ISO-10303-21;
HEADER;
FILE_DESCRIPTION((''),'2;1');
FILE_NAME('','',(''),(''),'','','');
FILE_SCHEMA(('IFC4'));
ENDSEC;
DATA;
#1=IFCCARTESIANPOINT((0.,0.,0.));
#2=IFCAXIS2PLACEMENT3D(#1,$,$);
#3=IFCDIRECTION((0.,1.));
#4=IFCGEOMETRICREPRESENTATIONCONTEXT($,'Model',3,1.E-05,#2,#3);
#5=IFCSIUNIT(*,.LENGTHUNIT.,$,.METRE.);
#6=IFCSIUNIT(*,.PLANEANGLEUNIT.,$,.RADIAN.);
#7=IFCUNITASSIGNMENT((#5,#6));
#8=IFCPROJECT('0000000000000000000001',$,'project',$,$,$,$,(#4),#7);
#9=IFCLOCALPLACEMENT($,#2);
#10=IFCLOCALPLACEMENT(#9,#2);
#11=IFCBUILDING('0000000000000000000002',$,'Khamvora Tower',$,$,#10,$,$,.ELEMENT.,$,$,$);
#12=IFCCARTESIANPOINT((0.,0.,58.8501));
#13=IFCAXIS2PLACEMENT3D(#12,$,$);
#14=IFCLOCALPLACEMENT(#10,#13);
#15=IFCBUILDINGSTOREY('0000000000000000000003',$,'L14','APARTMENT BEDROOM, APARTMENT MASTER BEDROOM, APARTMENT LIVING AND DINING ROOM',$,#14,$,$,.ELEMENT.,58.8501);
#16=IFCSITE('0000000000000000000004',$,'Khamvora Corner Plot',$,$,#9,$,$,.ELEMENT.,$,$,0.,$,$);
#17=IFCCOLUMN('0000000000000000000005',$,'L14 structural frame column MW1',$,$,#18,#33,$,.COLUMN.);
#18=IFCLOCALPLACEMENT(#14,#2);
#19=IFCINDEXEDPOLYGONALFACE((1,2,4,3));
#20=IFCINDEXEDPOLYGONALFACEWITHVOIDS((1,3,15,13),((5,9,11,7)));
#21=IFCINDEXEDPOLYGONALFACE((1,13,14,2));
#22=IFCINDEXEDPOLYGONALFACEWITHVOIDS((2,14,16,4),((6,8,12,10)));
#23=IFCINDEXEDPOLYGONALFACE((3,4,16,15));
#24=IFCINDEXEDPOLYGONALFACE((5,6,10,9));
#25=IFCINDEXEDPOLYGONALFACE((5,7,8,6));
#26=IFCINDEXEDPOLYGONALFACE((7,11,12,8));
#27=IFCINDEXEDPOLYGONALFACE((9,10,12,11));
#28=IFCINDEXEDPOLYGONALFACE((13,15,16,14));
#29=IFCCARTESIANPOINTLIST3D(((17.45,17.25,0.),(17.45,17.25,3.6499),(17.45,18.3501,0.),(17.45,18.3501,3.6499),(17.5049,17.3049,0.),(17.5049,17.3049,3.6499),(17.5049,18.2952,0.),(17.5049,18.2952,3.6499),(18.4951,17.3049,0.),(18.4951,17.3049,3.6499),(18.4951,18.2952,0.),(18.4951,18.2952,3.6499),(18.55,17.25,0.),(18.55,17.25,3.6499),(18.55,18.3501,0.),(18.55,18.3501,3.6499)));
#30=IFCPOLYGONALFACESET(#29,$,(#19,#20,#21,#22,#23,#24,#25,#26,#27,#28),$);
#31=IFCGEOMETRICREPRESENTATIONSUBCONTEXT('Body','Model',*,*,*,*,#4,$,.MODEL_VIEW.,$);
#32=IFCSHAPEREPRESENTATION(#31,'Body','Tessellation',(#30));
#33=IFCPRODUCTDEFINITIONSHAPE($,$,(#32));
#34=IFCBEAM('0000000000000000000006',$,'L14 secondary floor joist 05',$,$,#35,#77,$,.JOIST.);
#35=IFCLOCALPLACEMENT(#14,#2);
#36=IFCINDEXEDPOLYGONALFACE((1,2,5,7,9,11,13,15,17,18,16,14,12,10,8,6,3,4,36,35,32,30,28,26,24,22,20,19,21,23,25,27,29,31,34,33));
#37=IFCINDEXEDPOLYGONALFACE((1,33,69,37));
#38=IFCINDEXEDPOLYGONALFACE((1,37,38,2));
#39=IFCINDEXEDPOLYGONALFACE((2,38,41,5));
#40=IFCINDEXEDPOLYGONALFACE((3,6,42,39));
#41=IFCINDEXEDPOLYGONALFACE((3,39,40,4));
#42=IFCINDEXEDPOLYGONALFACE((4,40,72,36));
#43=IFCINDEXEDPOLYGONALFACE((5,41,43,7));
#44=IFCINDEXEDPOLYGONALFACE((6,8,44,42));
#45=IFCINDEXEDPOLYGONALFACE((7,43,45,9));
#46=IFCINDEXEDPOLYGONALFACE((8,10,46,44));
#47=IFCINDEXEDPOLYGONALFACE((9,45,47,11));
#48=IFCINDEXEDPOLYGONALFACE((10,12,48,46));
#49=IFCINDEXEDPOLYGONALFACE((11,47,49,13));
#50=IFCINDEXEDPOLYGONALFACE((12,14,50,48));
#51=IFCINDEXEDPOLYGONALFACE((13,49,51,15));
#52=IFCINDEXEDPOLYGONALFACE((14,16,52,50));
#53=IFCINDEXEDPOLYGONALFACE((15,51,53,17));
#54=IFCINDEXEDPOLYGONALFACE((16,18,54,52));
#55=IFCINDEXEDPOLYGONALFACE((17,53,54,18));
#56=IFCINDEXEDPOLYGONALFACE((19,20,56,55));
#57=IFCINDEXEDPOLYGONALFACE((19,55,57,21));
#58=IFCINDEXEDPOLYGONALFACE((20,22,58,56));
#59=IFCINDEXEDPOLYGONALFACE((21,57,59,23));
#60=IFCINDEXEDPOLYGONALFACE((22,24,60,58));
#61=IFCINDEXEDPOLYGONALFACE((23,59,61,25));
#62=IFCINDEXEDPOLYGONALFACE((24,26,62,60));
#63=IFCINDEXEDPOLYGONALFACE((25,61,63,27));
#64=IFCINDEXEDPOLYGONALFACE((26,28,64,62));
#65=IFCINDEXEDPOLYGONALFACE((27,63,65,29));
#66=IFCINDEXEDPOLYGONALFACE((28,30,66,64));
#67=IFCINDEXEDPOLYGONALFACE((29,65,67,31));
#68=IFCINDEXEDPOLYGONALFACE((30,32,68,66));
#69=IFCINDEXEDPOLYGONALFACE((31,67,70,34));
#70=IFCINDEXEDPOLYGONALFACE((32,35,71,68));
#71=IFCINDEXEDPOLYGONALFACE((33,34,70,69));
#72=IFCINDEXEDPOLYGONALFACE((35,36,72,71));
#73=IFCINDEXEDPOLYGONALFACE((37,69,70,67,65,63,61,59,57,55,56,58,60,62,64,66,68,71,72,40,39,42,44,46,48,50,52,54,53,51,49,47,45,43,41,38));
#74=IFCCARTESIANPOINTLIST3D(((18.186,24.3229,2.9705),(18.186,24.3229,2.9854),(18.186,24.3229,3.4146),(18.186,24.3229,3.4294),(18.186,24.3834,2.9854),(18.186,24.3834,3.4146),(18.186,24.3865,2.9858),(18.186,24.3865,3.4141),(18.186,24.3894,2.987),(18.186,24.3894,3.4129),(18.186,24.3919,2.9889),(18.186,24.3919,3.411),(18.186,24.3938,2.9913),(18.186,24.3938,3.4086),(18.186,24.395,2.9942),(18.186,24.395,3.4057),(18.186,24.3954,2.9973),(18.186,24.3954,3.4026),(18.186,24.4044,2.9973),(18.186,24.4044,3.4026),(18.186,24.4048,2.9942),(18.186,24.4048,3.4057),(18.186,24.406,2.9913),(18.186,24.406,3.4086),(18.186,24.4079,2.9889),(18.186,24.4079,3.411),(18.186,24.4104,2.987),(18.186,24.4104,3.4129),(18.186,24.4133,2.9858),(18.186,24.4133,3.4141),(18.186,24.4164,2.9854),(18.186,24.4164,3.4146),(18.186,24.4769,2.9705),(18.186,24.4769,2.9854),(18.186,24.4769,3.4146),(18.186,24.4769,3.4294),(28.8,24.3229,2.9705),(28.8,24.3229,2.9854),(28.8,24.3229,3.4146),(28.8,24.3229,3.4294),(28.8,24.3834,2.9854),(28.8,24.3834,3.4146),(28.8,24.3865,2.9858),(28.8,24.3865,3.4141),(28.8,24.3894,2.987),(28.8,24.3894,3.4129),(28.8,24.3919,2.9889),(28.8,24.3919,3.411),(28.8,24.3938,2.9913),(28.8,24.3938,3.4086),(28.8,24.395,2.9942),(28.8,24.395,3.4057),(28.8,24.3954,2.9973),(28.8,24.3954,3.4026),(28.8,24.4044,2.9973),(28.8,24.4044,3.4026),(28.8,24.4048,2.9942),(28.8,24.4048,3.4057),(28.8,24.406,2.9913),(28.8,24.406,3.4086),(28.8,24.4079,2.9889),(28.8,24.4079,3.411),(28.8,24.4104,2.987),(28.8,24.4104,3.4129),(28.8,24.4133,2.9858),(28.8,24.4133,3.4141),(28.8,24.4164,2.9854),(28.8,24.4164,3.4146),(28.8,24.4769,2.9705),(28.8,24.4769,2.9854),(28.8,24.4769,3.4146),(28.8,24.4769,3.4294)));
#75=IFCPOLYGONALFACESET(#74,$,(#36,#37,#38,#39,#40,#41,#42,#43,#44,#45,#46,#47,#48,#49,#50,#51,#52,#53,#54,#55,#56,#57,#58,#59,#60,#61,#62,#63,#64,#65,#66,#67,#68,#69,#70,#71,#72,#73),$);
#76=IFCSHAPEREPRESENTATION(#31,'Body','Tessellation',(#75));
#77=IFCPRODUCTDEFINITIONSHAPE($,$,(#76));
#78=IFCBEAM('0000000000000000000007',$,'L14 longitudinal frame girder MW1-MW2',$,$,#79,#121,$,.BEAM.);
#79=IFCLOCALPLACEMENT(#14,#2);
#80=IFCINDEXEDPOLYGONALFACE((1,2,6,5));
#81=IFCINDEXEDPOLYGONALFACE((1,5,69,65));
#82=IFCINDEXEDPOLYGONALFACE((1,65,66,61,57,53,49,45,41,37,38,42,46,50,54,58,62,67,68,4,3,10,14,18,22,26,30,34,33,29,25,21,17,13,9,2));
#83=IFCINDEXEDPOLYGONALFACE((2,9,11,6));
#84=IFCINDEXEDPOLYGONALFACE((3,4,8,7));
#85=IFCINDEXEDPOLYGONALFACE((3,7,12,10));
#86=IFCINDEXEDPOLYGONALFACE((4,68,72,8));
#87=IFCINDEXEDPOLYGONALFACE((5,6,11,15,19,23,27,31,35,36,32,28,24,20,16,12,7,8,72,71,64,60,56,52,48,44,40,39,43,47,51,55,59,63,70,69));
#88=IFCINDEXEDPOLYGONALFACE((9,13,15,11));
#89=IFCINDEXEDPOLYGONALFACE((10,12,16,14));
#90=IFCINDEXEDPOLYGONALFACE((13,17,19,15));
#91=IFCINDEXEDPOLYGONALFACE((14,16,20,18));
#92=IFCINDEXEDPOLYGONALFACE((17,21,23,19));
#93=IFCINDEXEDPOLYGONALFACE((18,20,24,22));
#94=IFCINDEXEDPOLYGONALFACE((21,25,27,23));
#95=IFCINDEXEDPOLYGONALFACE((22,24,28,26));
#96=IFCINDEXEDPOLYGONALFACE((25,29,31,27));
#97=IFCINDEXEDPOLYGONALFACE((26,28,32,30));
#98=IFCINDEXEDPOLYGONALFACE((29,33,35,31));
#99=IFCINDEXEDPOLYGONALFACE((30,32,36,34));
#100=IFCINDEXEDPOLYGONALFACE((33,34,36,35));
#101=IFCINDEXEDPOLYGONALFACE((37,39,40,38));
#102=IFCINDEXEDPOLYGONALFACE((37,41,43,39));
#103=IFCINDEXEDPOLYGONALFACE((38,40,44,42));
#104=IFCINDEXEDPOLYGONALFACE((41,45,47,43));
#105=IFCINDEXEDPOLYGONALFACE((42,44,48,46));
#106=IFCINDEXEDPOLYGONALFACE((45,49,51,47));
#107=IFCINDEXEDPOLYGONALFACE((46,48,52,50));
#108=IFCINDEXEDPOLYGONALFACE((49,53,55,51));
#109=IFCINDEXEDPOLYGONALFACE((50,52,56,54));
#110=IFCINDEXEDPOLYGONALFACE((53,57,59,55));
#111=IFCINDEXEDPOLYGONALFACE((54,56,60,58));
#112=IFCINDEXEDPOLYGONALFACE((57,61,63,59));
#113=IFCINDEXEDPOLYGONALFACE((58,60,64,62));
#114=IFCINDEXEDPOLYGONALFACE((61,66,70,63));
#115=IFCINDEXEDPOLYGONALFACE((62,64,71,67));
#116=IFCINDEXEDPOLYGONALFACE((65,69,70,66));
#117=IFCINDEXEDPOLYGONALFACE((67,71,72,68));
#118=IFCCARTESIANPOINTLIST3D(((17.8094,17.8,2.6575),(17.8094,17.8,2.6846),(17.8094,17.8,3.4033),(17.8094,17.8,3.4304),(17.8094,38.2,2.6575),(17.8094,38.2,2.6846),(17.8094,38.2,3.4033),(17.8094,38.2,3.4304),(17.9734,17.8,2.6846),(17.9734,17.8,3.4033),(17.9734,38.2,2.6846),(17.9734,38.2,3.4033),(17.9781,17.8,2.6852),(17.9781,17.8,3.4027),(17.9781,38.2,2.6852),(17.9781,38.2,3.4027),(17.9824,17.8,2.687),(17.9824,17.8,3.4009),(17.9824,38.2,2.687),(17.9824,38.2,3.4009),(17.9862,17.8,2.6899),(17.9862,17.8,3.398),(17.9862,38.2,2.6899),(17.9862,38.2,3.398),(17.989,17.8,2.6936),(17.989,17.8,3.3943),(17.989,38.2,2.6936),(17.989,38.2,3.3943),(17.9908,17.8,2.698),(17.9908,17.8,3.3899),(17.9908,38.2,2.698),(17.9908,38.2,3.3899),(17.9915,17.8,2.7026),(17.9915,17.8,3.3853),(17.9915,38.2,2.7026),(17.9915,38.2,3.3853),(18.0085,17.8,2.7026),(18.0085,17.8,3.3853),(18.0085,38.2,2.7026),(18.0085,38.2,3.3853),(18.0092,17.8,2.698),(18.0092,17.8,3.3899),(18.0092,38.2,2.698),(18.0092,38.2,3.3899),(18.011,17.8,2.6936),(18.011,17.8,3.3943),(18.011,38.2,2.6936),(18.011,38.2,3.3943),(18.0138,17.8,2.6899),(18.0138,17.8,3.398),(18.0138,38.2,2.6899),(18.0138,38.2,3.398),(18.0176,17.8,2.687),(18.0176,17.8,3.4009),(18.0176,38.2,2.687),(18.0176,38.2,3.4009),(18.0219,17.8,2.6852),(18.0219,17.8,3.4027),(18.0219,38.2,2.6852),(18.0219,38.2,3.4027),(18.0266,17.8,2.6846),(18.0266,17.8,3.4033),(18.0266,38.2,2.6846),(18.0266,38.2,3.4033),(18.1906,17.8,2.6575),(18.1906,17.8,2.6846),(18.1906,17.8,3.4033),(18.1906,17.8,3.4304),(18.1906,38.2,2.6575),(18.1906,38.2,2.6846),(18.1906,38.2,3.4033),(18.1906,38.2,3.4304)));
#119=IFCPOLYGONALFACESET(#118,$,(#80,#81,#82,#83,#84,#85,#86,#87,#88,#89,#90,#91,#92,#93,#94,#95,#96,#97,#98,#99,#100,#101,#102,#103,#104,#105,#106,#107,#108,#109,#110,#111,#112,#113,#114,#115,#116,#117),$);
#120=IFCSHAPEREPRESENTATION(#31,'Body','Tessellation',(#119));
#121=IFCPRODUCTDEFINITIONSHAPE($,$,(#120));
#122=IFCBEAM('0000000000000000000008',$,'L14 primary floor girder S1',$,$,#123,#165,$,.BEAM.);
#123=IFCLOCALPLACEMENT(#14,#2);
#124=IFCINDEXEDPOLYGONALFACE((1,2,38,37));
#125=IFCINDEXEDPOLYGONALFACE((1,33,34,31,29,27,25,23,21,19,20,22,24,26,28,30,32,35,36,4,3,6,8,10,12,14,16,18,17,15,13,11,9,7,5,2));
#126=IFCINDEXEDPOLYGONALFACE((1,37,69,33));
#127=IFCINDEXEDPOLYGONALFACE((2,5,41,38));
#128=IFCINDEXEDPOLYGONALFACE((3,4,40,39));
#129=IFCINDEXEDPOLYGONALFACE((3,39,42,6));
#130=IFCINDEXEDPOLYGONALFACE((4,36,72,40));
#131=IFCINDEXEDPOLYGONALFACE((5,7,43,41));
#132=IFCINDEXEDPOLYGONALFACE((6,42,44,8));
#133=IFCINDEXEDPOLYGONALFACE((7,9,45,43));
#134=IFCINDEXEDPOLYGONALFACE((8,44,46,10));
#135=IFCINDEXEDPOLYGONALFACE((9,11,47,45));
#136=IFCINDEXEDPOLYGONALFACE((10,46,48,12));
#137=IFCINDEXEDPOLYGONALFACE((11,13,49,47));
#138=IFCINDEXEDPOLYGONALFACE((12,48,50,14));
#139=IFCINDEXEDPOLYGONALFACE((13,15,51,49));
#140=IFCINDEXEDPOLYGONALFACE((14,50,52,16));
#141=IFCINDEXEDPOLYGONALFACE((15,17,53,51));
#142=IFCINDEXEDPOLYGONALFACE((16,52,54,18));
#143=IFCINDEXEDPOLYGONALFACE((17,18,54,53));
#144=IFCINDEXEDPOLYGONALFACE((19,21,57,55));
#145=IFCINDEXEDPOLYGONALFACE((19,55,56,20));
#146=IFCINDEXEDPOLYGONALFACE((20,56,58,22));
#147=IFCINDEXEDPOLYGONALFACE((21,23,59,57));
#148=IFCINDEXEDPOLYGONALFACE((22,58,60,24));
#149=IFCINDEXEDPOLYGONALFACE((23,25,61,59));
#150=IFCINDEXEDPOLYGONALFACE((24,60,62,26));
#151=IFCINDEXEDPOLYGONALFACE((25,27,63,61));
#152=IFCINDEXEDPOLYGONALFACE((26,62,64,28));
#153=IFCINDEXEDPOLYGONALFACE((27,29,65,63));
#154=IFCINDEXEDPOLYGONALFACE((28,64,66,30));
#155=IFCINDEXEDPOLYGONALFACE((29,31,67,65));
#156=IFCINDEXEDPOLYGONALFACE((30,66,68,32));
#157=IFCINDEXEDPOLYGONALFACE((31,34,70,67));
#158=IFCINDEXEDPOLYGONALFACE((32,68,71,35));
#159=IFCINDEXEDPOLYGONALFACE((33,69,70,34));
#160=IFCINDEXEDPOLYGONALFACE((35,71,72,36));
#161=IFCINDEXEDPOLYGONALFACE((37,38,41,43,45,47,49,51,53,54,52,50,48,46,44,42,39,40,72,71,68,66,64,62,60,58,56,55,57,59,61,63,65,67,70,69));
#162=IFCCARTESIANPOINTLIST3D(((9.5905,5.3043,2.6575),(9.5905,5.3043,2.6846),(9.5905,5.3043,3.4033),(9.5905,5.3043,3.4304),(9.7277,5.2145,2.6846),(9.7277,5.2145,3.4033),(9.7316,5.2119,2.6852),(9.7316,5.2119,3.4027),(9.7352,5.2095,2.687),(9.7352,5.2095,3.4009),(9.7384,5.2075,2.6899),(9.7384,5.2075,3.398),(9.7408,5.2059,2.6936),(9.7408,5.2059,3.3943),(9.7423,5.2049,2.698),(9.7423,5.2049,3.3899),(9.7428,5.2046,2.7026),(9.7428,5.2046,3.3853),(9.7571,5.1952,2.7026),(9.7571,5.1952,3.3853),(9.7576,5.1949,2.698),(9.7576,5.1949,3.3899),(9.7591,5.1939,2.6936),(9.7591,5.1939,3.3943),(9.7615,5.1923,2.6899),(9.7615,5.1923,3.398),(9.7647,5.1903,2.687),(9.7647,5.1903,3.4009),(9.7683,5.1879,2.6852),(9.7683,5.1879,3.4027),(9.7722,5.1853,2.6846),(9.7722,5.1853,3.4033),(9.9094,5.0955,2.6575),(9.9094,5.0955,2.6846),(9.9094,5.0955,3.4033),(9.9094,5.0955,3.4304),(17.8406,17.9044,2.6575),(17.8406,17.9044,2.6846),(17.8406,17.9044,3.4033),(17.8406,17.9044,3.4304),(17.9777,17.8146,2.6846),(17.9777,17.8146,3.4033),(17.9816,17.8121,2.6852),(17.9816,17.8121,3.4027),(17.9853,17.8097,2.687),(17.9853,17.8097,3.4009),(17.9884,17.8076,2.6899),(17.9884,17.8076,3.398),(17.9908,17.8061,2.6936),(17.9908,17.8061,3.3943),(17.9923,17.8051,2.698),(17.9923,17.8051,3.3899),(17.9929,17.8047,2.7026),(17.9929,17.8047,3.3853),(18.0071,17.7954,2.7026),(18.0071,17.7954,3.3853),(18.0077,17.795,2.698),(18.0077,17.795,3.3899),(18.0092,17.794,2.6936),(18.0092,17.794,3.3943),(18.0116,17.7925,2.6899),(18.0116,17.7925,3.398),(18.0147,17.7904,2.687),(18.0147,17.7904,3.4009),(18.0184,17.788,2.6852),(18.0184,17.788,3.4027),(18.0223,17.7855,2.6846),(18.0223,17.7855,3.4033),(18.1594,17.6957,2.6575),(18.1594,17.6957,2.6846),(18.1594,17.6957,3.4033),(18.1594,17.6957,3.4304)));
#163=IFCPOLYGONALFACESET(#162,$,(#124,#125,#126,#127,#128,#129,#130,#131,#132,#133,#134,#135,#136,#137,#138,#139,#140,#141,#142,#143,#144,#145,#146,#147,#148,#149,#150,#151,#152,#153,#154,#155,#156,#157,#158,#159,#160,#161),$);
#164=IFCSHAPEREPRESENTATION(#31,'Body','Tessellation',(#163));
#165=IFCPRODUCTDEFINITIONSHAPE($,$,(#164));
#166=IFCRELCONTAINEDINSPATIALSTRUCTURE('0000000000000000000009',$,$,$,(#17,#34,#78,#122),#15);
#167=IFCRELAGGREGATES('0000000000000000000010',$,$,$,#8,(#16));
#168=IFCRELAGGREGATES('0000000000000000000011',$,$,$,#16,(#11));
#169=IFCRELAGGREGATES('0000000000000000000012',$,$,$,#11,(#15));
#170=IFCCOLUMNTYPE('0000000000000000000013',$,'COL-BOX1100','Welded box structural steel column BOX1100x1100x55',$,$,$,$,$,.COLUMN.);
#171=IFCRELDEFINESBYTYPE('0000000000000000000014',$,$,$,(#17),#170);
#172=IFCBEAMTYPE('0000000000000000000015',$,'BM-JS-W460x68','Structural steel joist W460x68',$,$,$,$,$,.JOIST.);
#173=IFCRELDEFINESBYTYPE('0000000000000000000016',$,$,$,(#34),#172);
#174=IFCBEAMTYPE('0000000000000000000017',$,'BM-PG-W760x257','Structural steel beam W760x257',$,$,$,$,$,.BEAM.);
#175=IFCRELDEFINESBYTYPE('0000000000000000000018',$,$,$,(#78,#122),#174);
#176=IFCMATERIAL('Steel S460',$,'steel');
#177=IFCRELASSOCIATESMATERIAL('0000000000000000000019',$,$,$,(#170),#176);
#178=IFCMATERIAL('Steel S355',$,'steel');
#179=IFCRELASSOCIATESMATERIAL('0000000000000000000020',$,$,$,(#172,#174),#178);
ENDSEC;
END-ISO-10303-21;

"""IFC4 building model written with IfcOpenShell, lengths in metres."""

from ifc_helpers import new_model, si_unit, direction, frame, origin, origin_2d, place, context, subcontext, project, spatial, hollow_rectangle, i_section, extrude, material, material_profile, profile_set, type_object, element, save


model = new_model("IFC4")

# Units and contexts
model_context = context("Model", 3, precision=1e-05, world=origin(), true_north=direction((0.0, 1.0)))
body_context = subcontext(model_context, "Body", "Model", "MODEL_VIEW")
ifc_project = project(units=[si_unit("LENGTHUNIT", "METRE"), si_unit("PLANEANGLEUNIT", "RADIAN")], contexts=[model_context])

# Site, building, storey
site_placement = place(None, origin())
site = spatial("IfcSite", under=ifc_project, at=site_placement, Name="Khamvora Corner Plot", CompositionType="ELEMENT", RefElevation=0.0)
building_placement = place(site_placement, origin())
building = spatial("IfcBuilding", under=site, at=building_placement, Name="Khamvora Tower", CompositionType="ELEMENT")
storey_placement = place(building_placement, frame((0.0, 0.0, 58.8501)))
storey = spatial("IfcBuildingStorey", under=building, at=storey_placement, Name="L14", Description="APARTMENT BEDROOM, APARTMENT MASTER BEDROOM, APARTMENT LIVING AND DINING ROOM", CompositionType="ELEMENT", Elevation=58.8501)

# Column
ifc_material_1 = material(Name="Steel S460", Category="steel")
ifc_material_profile_1 = material_profile(ifc_material_1, hollow_rectangle(XDim=1.1001, YDim=1.1001, WallThickness=0.0549, at=origin_2d()), Name="BOX1100x1100x55")
ifc_profile_set_1 = profile_set([ifc_material_profile_1], Name="Steel S460")
column_type = type_object("IfcColumnType", Name="COL-BOX1100", Description="Welded box structural steel column BOX1100x1100x55", PredefinedType="COLUMN", material=ifc_profile_set_1)
column_placement = place(storey_placement, frame((18.0, 17.8, 0.0), z_axis=(0.0, 0.0, 1.0), x_axis=(1.0, 0.0, 0.0)))
element("IfcColumn", 1, at=column_placement, inside=storey, type_object=column_type, Name="L14 structural frame column MW1", PredefinedType="COLUMN", context=body_context, shape_type="SweptSolid", body=[
    extrude(hollow_rectangle(XDim=1.1001, YDim=1.1001, WallThickness=0.0549, at=origin_2d()), origin(), (0.0, 0.0, 1.0), 3.6499),
])

# Beams
ifc_material_2 = material(Name="Steel S355", Category="steel")
ifc_material_profile_2 = material_profile(ifc_material_2, i_section(OverallWidth=0.1541, OverallDepth=0.459, WebThickness=0.009, FlangeThickness=0.0149, FilletRadius=0.012, at=origin_2d()), Name="W460x68")
ifc_profile_set_2 = profile_set([ifc_material_profile_2], Name="Steel S355")
beam_type_1 = type_object("IfcBeamType", Name="BM-JS-W460x68", Description="Structural steel joist W460x68", PredefinedType="JOIST", material=ifc_profile_set_2)
beam_1_placement = place(storey_placement, frame((18.186, 24.3999, 3.2), z_axis=(1.0, 0.0, 0.0), x_axis=(0.0, 1.0, 0.0)))
element("IfcBeam", 2, at=beam_1_placement, inside=storey, type_object=beam_type_1, Name="L14 secondary floor joist 05", PredefinedType="JOIST", context=body_context, shape_type="SweptSolid", body=[
    extrude(i_section(OverallWidth=0.1541, OverallDepth=0.459, WebThickness=0.009, FlangeThickness=0.0149, FilletRadius=0.012, at=origin_2d()), origin(), (0.0, 0.0, 1.0), 10.614),
])
ifc_material_profile_3 = material_profile(ifc_material_2, i_section(OverallWidth=0.3811, OverallDepth=0.7729, WebThickness=0.0171, FlangeThickness=0.0271, FilletRadius=0.0181, at=origin_2d()), Name="W760x257")
ifc_profile_set_3 = profile_set([ifc_material_profile_3], Name="Steel S355")
beam_type_2 = type_object("IfcBeamType", Name="BM-PG-W760x257", Description="Structural steel beam W760x257", PredefinedType="BEAM", material=ifc_profile_set_3)
beam_2_placement = place(storey_placement, frame((18.0, 17.8, 3.0439), z_axis=(0.0, 1.0, 0.0), x_axis=(-1.0, 0.0, 0.0)))
element("IfcBeam", 3, at=beam_2_placement, inside=storey, type_object=beam_type_2, Name="L14 longitudinal frame girder MW1-MW2", PredefinedType="BEAM", context=body_context, shape_type="SweptSolid", body=[
    extrude(i_section(OverallWidth=0.3811, OverallDepth=0.7729, WebThickness=0.0171, FlangeThickness=0.0271, FilletRadius=0.0181, at=origin_2d()), origin(), (0.0, 0.0, 1.0), 20.3999),
])
beam_3_placement = place(storey_placement, frame((18.0, 17.8, 3.0439), z_axis=(-0.547783, -0.83662, 0.0), x_axis=(0.83662, -0.547783, 0.0)))
element("IfcBeam", 4, at=beam_3_placement, inside=storey, type_object=beam_type_2, Name="L14 primary floor girder S1", PredefinedType="BEAM", context=body_context, shape_type="SweptSolid", body=[
    extrude(i_section(OverallWidth=0.3811, OverallDepth=0.7729, WebThickness=0.0171, FlangeThickness=0.0271, FilletRadius=0.0181, at=origin_2d()), origin(), (0.0, 0.0, 1.0), 15.0608),
])

save(model, "model.ifc")
